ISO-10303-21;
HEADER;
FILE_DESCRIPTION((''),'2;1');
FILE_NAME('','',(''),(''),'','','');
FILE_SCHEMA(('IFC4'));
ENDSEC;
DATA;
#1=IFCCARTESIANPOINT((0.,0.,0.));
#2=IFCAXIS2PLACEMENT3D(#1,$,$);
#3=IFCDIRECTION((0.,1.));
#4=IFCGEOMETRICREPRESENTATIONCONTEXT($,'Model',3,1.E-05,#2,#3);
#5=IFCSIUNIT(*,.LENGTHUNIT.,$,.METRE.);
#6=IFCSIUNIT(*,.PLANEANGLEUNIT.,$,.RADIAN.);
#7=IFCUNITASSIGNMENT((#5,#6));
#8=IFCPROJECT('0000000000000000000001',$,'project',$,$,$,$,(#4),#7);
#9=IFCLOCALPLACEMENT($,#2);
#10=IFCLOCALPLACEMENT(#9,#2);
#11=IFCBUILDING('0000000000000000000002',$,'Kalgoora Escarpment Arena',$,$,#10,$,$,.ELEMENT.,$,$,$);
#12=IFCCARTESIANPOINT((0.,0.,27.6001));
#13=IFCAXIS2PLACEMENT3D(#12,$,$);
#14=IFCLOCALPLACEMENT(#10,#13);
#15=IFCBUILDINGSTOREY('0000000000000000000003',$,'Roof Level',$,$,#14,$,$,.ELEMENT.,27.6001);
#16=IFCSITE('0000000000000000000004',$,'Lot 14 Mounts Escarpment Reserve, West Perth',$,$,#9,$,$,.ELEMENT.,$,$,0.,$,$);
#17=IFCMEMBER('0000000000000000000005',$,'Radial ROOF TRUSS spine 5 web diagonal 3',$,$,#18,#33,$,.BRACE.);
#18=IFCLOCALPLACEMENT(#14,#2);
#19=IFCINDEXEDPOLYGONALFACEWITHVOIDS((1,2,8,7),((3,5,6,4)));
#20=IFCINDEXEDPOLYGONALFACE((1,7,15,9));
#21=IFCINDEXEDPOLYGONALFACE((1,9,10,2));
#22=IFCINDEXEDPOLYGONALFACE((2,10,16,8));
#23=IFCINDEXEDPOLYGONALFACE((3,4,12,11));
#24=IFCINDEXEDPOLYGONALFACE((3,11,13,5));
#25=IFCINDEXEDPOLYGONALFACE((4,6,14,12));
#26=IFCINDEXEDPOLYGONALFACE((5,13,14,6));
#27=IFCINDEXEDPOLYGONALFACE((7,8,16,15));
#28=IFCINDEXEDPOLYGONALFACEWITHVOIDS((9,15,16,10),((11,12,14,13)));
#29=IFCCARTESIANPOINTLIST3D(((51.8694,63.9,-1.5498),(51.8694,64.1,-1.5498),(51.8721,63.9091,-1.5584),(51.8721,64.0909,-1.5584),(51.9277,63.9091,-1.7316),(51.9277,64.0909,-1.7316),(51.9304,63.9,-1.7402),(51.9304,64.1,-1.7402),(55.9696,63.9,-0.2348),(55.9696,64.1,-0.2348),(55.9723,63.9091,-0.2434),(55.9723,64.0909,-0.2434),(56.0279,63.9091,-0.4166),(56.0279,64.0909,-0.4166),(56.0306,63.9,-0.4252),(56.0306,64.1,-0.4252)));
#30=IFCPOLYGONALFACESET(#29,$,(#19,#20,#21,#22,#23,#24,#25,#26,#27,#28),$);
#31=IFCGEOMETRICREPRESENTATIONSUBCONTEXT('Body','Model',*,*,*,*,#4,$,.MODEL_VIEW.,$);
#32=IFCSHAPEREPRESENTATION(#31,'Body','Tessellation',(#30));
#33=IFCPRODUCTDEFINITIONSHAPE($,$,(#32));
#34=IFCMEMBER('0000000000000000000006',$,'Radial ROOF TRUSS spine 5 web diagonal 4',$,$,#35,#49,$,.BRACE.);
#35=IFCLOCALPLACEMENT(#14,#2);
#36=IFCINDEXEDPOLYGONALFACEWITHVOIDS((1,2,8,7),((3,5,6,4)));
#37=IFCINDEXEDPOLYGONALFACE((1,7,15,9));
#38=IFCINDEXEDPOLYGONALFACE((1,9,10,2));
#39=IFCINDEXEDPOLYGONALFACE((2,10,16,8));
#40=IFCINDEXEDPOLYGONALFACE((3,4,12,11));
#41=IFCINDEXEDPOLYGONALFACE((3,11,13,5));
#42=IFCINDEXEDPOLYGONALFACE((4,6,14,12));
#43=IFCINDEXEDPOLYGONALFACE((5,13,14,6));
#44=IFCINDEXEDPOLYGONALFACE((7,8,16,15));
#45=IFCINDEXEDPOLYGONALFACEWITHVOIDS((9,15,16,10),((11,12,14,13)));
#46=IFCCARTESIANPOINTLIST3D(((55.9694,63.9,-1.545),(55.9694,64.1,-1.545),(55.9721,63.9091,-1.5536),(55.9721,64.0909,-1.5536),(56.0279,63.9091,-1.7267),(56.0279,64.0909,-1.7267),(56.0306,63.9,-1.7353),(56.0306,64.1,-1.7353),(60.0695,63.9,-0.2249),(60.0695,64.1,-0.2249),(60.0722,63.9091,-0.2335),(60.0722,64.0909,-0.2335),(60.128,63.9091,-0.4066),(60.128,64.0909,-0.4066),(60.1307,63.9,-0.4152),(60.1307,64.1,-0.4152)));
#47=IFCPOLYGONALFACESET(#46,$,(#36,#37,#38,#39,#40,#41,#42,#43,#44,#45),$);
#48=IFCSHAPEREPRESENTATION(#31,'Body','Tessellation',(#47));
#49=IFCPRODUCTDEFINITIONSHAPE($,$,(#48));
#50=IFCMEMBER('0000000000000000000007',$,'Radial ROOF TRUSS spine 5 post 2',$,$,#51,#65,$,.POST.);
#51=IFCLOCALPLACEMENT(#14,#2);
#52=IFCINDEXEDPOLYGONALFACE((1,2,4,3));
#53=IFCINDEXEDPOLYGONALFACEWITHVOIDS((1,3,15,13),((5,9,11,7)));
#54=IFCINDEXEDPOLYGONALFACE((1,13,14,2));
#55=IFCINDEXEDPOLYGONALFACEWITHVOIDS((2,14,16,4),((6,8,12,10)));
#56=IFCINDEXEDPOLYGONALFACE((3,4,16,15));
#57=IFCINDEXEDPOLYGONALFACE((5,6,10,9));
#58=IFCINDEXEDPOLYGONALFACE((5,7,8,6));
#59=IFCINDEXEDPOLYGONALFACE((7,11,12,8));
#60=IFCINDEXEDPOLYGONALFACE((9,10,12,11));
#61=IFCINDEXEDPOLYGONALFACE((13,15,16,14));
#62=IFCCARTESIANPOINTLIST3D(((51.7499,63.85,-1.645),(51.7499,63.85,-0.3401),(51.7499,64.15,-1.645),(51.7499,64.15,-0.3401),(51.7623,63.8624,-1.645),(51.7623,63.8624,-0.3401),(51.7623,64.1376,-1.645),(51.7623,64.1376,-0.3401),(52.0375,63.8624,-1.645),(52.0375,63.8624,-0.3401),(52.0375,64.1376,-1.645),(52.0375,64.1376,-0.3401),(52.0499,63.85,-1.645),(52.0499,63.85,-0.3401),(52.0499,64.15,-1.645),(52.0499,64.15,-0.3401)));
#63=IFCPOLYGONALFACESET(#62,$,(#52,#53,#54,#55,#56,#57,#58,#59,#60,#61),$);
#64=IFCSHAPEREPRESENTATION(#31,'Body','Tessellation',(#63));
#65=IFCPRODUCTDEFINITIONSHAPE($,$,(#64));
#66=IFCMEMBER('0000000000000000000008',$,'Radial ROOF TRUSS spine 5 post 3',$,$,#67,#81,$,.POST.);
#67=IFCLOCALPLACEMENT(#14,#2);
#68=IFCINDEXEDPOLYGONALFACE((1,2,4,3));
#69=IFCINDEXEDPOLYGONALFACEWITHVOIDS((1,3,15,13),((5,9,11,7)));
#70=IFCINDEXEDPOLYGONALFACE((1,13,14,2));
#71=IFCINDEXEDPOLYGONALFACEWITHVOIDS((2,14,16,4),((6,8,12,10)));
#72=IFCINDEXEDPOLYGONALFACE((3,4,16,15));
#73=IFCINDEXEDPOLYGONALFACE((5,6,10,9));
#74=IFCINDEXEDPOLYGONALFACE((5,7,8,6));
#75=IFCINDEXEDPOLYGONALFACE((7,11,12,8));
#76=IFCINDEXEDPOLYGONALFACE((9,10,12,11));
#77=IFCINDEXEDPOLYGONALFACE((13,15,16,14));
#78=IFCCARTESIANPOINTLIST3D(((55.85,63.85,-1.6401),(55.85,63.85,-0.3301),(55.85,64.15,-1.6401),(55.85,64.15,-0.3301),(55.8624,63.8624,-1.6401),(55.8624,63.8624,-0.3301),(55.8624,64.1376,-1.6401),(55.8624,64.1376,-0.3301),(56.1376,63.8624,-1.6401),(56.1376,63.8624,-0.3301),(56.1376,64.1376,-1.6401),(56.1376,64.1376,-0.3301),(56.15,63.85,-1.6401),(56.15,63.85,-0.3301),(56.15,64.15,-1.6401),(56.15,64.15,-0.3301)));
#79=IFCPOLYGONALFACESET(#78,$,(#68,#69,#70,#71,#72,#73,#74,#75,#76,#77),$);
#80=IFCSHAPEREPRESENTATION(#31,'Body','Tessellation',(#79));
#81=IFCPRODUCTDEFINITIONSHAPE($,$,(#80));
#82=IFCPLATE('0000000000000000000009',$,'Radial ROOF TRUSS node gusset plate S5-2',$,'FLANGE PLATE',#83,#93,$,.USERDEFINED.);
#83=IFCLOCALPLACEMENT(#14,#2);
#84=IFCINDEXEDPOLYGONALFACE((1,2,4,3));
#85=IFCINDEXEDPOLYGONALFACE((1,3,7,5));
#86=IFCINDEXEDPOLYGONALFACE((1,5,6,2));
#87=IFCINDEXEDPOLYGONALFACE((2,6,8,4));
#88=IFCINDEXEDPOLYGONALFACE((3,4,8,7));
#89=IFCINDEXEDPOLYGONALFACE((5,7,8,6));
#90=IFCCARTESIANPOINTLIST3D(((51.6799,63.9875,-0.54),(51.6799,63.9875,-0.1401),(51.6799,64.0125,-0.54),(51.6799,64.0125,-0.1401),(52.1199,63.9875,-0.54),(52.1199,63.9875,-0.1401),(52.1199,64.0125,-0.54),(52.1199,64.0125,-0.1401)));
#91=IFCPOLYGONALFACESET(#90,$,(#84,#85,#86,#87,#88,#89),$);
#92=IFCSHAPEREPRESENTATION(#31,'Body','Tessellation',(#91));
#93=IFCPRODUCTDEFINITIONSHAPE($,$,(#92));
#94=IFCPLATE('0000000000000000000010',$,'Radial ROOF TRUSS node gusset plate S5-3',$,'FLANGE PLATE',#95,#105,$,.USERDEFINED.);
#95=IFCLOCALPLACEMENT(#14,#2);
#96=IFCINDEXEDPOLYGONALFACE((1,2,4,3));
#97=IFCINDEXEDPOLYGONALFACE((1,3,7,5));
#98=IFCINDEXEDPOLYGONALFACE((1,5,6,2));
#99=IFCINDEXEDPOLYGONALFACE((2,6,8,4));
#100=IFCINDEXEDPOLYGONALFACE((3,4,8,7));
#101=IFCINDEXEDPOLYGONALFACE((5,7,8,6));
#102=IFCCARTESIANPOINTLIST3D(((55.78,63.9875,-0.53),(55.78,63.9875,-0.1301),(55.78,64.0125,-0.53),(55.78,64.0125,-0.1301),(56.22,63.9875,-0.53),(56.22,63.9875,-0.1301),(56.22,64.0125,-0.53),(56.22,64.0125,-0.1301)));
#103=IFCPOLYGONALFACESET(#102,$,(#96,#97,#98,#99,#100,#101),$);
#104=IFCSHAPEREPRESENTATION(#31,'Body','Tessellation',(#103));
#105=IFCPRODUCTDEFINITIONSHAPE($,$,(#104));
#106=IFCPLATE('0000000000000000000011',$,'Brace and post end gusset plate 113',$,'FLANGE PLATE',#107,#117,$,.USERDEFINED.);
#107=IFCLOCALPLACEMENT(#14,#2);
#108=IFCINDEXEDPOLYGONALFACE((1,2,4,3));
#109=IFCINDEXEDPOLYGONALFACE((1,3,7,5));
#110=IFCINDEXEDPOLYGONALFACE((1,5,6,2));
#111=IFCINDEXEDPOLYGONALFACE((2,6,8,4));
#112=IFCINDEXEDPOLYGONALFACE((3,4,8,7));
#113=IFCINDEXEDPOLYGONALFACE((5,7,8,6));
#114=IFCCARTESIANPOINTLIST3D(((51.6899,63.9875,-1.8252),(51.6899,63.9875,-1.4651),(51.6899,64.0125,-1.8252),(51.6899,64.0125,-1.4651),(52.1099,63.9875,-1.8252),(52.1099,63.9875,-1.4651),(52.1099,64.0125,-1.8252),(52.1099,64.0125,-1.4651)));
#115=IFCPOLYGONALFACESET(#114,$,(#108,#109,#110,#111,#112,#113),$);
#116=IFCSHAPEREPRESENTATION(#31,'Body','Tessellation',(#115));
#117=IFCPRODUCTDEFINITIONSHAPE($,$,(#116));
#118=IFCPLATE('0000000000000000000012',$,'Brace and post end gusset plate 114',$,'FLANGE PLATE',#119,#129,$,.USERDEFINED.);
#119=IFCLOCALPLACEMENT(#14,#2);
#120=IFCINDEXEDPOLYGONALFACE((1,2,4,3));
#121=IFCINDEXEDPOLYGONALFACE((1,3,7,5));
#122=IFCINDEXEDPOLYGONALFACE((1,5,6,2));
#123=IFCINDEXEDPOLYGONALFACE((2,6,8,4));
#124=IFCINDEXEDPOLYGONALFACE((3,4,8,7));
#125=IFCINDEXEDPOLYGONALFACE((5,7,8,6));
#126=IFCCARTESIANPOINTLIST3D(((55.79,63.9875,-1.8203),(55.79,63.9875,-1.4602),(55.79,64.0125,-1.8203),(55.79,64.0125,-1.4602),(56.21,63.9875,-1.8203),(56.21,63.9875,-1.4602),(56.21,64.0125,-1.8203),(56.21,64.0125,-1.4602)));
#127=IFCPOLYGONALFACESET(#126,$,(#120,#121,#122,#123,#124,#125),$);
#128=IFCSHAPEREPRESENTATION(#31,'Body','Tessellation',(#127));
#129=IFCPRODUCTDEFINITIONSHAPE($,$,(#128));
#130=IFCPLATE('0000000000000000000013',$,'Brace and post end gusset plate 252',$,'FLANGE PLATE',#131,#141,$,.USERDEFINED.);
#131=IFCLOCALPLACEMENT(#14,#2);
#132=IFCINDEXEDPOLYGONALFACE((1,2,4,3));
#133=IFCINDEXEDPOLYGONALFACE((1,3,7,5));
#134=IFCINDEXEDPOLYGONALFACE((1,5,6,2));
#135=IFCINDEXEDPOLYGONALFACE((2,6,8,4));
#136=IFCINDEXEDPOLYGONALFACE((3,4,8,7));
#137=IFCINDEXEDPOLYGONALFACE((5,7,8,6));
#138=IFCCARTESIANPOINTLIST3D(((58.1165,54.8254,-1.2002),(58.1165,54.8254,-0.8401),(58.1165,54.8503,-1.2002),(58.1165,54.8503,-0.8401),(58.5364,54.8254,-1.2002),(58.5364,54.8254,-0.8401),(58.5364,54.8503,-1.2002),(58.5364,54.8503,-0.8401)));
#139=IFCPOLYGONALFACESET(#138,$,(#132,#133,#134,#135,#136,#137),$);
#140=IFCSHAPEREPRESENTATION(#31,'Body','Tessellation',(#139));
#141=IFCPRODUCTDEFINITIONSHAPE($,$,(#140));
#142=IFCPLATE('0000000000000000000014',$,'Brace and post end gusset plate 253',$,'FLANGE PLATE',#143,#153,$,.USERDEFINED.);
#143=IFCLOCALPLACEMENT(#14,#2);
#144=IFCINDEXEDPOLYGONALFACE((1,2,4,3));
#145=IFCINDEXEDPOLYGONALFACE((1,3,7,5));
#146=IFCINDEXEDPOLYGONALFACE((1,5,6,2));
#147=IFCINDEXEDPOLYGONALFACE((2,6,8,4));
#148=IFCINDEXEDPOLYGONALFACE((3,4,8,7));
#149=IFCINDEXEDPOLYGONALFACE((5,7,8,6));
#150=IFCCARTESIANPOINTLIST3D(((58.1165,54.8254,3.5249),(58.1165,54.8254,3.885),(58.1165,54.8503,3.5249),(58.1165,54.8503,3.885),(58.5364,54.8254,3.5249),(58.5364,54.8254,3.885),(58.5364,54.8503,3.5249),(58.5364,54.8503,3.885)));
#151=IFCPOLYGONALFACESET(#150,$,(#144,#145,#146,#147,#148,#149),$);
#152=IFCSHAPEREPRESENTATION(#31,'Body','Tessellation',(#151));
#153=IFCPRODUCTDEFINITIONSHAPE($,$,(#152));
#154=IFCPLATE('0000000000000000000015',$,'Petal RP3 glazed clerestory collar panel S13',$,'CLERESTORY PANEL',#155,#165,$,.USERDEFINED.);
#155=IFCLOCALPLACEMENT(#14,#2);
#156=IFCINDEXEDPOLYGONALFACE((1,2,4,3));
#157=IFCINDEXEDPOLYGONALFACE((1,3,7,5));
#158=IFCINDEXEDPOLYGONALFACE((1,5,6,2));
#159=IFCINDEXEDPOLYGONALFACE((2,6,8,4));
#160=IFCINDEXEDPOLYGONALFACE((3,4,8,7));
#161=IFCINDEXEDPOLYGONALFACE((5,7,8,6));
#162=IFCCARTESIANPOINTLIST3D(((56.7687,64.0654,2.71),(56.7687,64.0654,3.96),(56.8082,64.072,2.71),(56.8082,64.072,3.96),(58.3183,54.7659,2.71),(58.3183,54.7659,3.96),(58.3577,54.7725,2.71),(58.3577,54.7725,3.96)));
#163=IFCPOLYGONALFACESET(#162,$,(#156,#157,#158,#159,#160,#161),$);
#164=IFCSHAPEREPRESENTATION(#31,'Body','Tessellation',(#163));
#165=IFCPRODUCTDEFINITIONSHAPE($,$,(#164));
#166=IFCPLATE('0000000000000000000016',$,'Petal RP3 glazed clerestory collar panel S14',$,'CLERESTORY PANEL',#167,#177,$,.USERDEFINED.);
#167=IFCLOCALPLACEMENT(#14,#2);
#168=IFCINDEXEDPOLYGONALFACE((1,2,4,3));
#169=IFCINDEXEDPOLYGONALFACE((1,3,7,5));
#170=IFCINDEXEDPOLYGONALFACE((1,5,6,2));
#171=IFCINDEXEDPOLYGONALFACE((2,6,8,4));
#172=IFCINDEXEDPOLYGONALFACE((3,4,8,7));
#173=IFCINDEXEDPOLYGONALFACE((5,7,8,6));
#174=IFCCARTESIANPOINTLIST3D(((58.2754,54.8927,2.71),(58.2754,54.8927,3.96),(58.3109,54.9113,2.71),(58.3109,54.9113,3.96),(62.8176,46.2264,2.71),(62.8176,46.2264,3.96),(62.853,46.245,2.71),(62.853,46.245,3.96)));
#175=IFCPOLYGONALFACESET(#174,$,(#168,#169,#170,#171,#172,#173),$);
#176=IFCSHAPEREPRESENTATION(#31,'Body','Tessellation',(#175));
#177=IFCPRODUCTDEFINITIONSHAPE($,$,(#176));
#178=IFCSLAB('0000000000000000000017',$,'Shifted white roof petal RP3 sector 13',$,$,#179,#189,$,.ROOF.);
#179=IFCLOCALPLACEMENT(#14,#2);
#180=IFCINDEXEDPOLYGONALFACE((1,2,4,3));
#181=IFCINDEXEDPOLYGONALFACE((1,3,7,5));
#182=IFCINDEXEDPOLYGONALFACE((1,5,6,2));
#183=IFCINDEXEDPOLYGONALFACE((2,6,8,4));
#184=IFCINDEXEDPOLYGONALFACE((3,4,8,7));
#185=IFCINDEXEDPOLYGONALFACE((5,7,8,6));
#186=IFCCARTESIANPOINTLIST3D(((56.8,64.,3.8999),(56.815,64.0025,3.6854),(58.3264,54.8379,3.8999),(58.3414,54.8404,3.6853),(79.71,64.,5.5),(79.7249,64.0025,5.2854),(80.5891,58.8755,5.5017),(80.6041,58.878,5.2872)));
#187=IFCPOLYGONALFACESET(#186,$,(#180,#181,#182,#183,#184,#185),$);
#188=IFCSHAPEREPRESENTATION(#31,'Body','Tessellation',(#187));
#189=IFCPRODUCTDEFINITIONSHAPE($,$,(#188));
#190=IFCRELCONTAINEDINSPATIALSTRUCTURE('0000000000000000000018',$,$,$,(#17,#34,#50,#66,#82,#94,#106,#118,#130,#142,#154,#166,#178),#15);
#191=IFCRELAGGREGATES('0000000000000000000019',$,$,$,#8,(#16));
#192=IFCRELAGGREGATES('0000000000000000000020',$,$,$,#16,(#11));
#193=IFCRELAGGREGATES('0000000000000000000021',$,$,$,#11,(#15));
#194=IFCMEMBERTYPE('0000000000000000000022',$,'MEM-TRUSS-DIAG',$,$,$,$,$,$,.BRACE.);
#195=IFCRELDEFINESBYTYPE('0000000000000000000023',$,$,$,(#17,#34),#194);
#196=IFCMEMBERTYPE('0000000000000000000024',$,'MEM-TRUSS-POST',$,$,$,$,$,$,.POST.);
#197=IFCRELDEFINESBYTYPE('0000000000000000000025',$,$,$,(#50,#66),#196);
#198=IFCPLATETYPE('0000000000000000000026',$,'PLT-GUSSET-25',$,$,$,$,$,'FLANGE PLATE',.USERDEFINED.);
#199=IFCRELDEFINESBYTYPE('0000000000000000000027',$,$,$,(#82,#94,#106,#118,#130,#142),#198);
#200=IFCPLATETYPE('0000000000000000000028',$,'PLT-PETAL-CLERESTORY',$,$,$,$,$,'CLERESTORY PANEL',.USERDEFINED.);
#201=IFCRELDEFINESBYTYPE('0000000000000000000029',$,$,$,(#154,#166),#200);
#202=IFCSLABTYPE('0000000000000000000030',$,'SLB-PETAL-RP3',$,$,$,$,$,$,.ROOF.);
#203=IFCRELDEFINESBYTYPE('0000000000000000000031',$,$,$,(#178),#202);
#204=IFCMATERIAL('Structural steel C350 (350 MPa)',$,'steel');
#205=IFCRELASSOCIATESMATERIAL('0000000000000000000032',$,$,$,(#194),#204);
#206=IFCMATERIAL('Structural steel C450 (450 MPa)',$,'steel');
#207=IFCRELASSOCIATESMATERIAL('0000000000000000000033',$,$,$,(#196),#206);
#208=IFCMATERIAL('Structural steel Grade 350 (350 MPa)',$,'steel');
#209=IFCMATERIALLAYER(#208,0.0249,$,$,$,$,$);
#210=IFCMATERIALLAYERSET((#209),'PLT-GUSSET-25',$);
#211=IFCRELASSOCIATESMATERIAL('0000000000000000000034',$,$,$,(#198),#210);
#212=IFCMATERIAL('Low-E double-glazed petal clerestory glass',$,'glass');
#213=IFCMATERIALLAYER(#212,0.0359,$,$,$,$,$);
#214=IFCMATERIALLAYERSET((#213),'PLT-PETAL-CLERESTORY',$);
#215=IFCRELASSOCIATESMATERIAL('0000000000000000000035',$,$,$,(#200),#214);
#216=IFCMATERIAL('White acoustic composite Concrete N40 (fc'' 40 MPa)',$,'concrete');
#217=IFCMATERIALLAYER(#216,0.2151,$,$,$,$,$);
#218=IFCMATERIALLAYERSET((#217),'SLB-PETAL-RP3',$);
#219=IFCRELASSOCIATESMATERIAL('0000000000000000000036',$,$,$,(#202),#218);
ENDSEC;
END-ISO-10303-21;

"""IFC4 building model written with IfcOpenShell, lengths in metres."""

from ifc_helpers import new_model, si_unit, direction, frame, origin, origin_2d, place, context, subcontext, project, spatial, polyline, rectangle, hollow_rectangle, outline, extrude, material, layer, layer_set, material_profile, profile_set, type_object, element, save


model = new_model("IFC4")

# Units and contexts
model_context = context("Model", 3, precision=1e-05, world=origin(), true_north=direction((0.0, 1.0)))
body_context = subcontext(model_context, "Body", "Model", "MODEL_VIEW")
ifc_project = project(units=[si_unit("LENGTHUNIT", "METRE"), si_unit("PLANEANGLEUNIT", "RADIAN")], contexts=[model_context])

# Site, building, storey
site_placement = place(None, origin())
site = spatial("IfcSite", under=ifc_project, at=site_placement, Name="Lot 14 Mounts Escarpment Reserve, West Perth", CompositionType="ELEMENT", RefElevation=0.0)
building_placement = place(site_placement, origin())
building = spatial("IfcBuilding", under=site, at=building_placement, Name="Kalgoora Escarpment Arena", CompositionType="ELEMENT")
storey_placement = place(building_placement, frame((0.0, 0.0, 27.6001)))
storey = spatial("IfcBuildingStorey", under=building, at=storey_placement, Name="Roof Level", CompositionType="ELEMENT", Elevation=27.6001)

# Members
ifc_material_1 = material(Name="Structural steel C350 (350 MPa)", Category="steel")
ifc_material_profile_1 = material_profile(ifc_material_1, hollow_rectangle(XDim=0.2, YDim=0.2, WallThickness=0.009, at=origin_2d()))
ifc_profile_set_1 = profile_set([ifc_material_profile_1], Name="Structural steel C350 (350 MPa)")
member_type_1 = type_object("IfcMemberType", Name="MEM-TRUSS-DIAG", PredefinedType="BRACE", material=ifc_profile_set_1)
member_1_placement = place(storey_placement, frame((51.8999, 64.0, -1.645), z_axis=(0.952228, 0.0, 0.305389), x_axis=(0.0, 1.0, 0.0)))
element("IfcMember", 1, at=member_1_placement, inside=storey, type_object=member_type_1, Name="Radial ROOF TRUSS spine 5 web diagonal 3", PredefinedType="BRACE", context=body_context, shape_type="SweptSolid", body=[
    extrude(hollow_rectangle(XDim=0.2, YDim=0.2, WallThickness=0.009, at=origin_2d()), origin(), (0.0, 0.0, 1.0), 4.3059),
])
member_2_placement = place(storey_placement, frame((56.0, 64.0, -1.6401), z_axis=(0.951881, 0.0, 0.306468), x_axis=(0.0, 1.0, 0.0)))
element("IfcMember", 2, at=member_2_placement, inside=storey, type_object=member_type_1, Name="Radial ROOF TRUSS spine 5 web diagonal 4", PredefinedType="BRACE", context=body_context, shape_type="SweptSolid", body=[
    extrude(hollow_rectangle(XDim=0.2, YDim=0.2, WallThickness=0.009, at=origin_2d()), origin(), (0.0, 0.0, 1.0), 4.3074),
])
ifc_material_2 = material(Name="Structural steel C450 (450 MPa)", Category="steel")
ifc_material_profile_2 = material_profile(ifc_material_2, hollow_rectangle(XDim=0.3, YDim=0.3, WallThickness=0.0125, at=origin_2d()))
ifc_profile_set_2 = profile_set([ifc_material_profile_2], Name="Structural steel C450 (450 MPa)")
member_type_2 = type_object("IfcMemberType", Name="MEM-TRUSS-POST", PredefinedType="POST", material=ifc_profile_set_2)
member_3_placement = place(storey_placement, frame((51.8999, 64.0, -1.645), z_axis=(0.0, 0.0, 1.0), x_axis=(1.0, 0.0, 0.0)))
element("IfcMember", 3, at=member_3_placement, inside=storey, type_object=member_type_2, Name="Radial ROOF TRUSS spine 5 post 2", PredefinedType="POST", context=body_context, shape_type="SweptSolid", body=[
    extrude(hollow_rectangle(XDim=0.3, YDim=0.3, WallThickness=0.0125, at=origin_2d()), origin(), (0.0, 0.0, 1.0), 1.3049),
])
member_4_placement = place(storey_placement, frame((56.0, 64.0, -1.6401), z_axis=(0.0, 0.0, 1.0), x_axis=(1.0, 0.0, 0.0)))
element("IfcMember", 4, at=member_4_placement, inside=storey, type_object=member_type_2, Name="Radial ROOF TRUSS spine 5 post 3", PredefinedType="POST", context=body_context, shape_type="SweptSolid", body=[
    extrude(hollow_rectangle(XDim=0.3, YDim=0.3, WallThickness=0.0125, at=origin_2d()), origin(), (0.0, 0.0, 1.0), 1.3101),
])

# Plates
ifc_material_3 = material(Name="Structural steel Grade 350 (350 MPa)", Category="steel")
ifc_layer_1 = layer(ifc_material_3, 0.0249)
ifc_layer_set_1 = layer_set([ifc_layer_1], Name="PLT-GUSSET-25")
plate_type_1 = type_object("IfcPlateType", Name="PLT-GUSSET-25", ElementType="FLANGE PLATE", PredefinedType="USERDEFINED", material=ifc_layer_set_1)
for number, where, z_axis, x_axis, name in (
    (5, (51.8999, 64.0, -0.54), (0.0, 0.0, 1.0), (1.0, 0.0, 0.0), "Radial ROOF TRUSS node gusset plate S5-2"),
    (6, (56.0, 64.0, -0.53), (0.0, 0.0, 1.0), (1.0, 0.0, 0.0), "Radial ROOF TRUSS node gusset plate S5-3"),
):
    element("IfcPlate", number, at=place(storey_placement, frame(where, z_axis=z_axis, x_axis=x_axis)), inside=storey, type_object=plate_type_1, Name=name, ObjectType="FLANGE PLATE", PredefinedType="USERDEFINED", context=body_context, shape_type="SweptSolid", body=[
        extrude(rectangle(XDim=0.4399, YDim=0.0249, at=origin_2d()), origin(), (0.0, 0.0, 1.0), 0.3999),
    ])
for number, where, z_axis, x_axis, name in (
    (7, (51.8999, 64.0, -1.8252), (0.0, 0.0, 1.0), (1.0, 0.0, 0.0), "Brace and post end gusset plate 113"),
    (8, (56.0, 64.0, -1.8203), (0.0, 0.0, 1.0), (1.0, 0.0, 0.0), "Brace and post end gusset plate 114"),
    (9, (58.3264, 54.8379, -1.2002), (0.0, 0.0, 1.0), (1.0, 0.0, 0.0), "Brace and post end gusset plate 252"),
    (10, (58.3264, 54.8379, 3.5249), (0.0, 0.0, 1.0), (1.0, 0.0, 0.0), "Brace and post end gusset plate 253"),
):
    element("IfcPlate", number, at=place(storey_placement, frame(where, z_axis=z_axis, x_axis=x_axis)), inside=storey, type_object=plate_type_1, Name=name, ObjectType="FLANGE PLATE", PredefinedType="USERDEFINED", context=body_context, shape_type="SweptSolid", body=[
        extrude(rectangle(XDim=0.4199, YDim=0.0249, at=origin_2d()), origin(), (0.0, 0.0, 1.0), 0.3601),
    ])
ifc_material_4 = material(Name="Low-E double-glazed petal clerestory glass", Category="glass")
ifc_layer_2 = layer(ifc_material_4, 0.0359)
ifc_layer_set_2 = layer_set([ifc_layer_2], Name="PLT-PETAL-CLERESTORY")
plate_type_2 = type_object("IfcPlateType", Name="PLT-PETAL-CLERESTORY", ElementType="CLERESTORY PANEL", PredefinedType="USERDEFINED", material=ifc_layer_set_2)
plate_1_placement = place(storey_placement, frame((57.5632, 59.4189, 2.71), z_axis=(0.0, 0.0, 1.0), x_axis=(0.164359, -0.986401, 0.0)))
element("IfcPlate", 11, at=plate_1_placement, inside=storey, type_object=plate_type_2, Name="Petal RP3 glazed clerestory collar panel S13", ObjectType="CLERESTORY PANEL", PredefinedType="USERDEFINED", context=body_context, shape_type="SweptSolid", body=[
    extrude(rectangle(XDim=9.4277, YDim=0.04, at=origin_2d()), origin(), (0.0, 0.0, 1.0), 1.25),
])
plate_2_placement = place(storey_placement, frame((60.5642, 50.5688, 2.71), z_axis=(0.0, 0.0, 1.0), x_axis=(0.464224, -0.885718, 0.0)))
element("IfcPlate", 12, at=plate_2_placement, inside=storey, type_object=plate_type_2, Name="Petal RP3 glazed clerestory collar panel S14", ObjectType="CLERESTORY PANEL", PredefinedType="USERDEFINED", context=body_context, shape_type="SweptSolid", body=[
    extrude(rectangle(XDim=9.7844, YDim=0.04, at=origin_2d()), origin(), (0.0, 0.0, 1.0), 1.25),
])

# Slab
ifc_material_5 = material(Name="White acoustic composite Concrete N40 (fc' 40 MPa)", Category="concrete")
ifc_layer_3 = layer(ifc_material_5, 0.2151)
ifc_layer_set_3 = layer_set([ifc_layer_3], Name="SLB-PETAL-RP3")
slab_type = type_object("IfcSlabType", Name="SLB-PETAL-RP3", PredefinedType="ROOF", material=ifc_layer_set_3)
slab_1_placement = place(storey_placement, frame((56.8, 64.0, 3.8999), z_axis=(-0.069667, -0.011611, 0.997503), x_axis=(0.164331, -0.986405, -0.000005)))
element("IfcSlab", 13, at=slab_1_placement, inside=storey, type_object=slab_type, Name="Shifted white roof petal RP3 sector 13", PredefinedType="ROOF", context=body_context, shape_type="SweptSolid", body=[
    extrude(outline(polyline([(0.0, 0.0), (9.2884, 0.0), (8.9641, 22.6802), (3.7648, 22.655), (0.0, 0.0)])), origin(), (0.0, 0.0, -1.0), 0.2151),
])

save(model, "model.ifc")
